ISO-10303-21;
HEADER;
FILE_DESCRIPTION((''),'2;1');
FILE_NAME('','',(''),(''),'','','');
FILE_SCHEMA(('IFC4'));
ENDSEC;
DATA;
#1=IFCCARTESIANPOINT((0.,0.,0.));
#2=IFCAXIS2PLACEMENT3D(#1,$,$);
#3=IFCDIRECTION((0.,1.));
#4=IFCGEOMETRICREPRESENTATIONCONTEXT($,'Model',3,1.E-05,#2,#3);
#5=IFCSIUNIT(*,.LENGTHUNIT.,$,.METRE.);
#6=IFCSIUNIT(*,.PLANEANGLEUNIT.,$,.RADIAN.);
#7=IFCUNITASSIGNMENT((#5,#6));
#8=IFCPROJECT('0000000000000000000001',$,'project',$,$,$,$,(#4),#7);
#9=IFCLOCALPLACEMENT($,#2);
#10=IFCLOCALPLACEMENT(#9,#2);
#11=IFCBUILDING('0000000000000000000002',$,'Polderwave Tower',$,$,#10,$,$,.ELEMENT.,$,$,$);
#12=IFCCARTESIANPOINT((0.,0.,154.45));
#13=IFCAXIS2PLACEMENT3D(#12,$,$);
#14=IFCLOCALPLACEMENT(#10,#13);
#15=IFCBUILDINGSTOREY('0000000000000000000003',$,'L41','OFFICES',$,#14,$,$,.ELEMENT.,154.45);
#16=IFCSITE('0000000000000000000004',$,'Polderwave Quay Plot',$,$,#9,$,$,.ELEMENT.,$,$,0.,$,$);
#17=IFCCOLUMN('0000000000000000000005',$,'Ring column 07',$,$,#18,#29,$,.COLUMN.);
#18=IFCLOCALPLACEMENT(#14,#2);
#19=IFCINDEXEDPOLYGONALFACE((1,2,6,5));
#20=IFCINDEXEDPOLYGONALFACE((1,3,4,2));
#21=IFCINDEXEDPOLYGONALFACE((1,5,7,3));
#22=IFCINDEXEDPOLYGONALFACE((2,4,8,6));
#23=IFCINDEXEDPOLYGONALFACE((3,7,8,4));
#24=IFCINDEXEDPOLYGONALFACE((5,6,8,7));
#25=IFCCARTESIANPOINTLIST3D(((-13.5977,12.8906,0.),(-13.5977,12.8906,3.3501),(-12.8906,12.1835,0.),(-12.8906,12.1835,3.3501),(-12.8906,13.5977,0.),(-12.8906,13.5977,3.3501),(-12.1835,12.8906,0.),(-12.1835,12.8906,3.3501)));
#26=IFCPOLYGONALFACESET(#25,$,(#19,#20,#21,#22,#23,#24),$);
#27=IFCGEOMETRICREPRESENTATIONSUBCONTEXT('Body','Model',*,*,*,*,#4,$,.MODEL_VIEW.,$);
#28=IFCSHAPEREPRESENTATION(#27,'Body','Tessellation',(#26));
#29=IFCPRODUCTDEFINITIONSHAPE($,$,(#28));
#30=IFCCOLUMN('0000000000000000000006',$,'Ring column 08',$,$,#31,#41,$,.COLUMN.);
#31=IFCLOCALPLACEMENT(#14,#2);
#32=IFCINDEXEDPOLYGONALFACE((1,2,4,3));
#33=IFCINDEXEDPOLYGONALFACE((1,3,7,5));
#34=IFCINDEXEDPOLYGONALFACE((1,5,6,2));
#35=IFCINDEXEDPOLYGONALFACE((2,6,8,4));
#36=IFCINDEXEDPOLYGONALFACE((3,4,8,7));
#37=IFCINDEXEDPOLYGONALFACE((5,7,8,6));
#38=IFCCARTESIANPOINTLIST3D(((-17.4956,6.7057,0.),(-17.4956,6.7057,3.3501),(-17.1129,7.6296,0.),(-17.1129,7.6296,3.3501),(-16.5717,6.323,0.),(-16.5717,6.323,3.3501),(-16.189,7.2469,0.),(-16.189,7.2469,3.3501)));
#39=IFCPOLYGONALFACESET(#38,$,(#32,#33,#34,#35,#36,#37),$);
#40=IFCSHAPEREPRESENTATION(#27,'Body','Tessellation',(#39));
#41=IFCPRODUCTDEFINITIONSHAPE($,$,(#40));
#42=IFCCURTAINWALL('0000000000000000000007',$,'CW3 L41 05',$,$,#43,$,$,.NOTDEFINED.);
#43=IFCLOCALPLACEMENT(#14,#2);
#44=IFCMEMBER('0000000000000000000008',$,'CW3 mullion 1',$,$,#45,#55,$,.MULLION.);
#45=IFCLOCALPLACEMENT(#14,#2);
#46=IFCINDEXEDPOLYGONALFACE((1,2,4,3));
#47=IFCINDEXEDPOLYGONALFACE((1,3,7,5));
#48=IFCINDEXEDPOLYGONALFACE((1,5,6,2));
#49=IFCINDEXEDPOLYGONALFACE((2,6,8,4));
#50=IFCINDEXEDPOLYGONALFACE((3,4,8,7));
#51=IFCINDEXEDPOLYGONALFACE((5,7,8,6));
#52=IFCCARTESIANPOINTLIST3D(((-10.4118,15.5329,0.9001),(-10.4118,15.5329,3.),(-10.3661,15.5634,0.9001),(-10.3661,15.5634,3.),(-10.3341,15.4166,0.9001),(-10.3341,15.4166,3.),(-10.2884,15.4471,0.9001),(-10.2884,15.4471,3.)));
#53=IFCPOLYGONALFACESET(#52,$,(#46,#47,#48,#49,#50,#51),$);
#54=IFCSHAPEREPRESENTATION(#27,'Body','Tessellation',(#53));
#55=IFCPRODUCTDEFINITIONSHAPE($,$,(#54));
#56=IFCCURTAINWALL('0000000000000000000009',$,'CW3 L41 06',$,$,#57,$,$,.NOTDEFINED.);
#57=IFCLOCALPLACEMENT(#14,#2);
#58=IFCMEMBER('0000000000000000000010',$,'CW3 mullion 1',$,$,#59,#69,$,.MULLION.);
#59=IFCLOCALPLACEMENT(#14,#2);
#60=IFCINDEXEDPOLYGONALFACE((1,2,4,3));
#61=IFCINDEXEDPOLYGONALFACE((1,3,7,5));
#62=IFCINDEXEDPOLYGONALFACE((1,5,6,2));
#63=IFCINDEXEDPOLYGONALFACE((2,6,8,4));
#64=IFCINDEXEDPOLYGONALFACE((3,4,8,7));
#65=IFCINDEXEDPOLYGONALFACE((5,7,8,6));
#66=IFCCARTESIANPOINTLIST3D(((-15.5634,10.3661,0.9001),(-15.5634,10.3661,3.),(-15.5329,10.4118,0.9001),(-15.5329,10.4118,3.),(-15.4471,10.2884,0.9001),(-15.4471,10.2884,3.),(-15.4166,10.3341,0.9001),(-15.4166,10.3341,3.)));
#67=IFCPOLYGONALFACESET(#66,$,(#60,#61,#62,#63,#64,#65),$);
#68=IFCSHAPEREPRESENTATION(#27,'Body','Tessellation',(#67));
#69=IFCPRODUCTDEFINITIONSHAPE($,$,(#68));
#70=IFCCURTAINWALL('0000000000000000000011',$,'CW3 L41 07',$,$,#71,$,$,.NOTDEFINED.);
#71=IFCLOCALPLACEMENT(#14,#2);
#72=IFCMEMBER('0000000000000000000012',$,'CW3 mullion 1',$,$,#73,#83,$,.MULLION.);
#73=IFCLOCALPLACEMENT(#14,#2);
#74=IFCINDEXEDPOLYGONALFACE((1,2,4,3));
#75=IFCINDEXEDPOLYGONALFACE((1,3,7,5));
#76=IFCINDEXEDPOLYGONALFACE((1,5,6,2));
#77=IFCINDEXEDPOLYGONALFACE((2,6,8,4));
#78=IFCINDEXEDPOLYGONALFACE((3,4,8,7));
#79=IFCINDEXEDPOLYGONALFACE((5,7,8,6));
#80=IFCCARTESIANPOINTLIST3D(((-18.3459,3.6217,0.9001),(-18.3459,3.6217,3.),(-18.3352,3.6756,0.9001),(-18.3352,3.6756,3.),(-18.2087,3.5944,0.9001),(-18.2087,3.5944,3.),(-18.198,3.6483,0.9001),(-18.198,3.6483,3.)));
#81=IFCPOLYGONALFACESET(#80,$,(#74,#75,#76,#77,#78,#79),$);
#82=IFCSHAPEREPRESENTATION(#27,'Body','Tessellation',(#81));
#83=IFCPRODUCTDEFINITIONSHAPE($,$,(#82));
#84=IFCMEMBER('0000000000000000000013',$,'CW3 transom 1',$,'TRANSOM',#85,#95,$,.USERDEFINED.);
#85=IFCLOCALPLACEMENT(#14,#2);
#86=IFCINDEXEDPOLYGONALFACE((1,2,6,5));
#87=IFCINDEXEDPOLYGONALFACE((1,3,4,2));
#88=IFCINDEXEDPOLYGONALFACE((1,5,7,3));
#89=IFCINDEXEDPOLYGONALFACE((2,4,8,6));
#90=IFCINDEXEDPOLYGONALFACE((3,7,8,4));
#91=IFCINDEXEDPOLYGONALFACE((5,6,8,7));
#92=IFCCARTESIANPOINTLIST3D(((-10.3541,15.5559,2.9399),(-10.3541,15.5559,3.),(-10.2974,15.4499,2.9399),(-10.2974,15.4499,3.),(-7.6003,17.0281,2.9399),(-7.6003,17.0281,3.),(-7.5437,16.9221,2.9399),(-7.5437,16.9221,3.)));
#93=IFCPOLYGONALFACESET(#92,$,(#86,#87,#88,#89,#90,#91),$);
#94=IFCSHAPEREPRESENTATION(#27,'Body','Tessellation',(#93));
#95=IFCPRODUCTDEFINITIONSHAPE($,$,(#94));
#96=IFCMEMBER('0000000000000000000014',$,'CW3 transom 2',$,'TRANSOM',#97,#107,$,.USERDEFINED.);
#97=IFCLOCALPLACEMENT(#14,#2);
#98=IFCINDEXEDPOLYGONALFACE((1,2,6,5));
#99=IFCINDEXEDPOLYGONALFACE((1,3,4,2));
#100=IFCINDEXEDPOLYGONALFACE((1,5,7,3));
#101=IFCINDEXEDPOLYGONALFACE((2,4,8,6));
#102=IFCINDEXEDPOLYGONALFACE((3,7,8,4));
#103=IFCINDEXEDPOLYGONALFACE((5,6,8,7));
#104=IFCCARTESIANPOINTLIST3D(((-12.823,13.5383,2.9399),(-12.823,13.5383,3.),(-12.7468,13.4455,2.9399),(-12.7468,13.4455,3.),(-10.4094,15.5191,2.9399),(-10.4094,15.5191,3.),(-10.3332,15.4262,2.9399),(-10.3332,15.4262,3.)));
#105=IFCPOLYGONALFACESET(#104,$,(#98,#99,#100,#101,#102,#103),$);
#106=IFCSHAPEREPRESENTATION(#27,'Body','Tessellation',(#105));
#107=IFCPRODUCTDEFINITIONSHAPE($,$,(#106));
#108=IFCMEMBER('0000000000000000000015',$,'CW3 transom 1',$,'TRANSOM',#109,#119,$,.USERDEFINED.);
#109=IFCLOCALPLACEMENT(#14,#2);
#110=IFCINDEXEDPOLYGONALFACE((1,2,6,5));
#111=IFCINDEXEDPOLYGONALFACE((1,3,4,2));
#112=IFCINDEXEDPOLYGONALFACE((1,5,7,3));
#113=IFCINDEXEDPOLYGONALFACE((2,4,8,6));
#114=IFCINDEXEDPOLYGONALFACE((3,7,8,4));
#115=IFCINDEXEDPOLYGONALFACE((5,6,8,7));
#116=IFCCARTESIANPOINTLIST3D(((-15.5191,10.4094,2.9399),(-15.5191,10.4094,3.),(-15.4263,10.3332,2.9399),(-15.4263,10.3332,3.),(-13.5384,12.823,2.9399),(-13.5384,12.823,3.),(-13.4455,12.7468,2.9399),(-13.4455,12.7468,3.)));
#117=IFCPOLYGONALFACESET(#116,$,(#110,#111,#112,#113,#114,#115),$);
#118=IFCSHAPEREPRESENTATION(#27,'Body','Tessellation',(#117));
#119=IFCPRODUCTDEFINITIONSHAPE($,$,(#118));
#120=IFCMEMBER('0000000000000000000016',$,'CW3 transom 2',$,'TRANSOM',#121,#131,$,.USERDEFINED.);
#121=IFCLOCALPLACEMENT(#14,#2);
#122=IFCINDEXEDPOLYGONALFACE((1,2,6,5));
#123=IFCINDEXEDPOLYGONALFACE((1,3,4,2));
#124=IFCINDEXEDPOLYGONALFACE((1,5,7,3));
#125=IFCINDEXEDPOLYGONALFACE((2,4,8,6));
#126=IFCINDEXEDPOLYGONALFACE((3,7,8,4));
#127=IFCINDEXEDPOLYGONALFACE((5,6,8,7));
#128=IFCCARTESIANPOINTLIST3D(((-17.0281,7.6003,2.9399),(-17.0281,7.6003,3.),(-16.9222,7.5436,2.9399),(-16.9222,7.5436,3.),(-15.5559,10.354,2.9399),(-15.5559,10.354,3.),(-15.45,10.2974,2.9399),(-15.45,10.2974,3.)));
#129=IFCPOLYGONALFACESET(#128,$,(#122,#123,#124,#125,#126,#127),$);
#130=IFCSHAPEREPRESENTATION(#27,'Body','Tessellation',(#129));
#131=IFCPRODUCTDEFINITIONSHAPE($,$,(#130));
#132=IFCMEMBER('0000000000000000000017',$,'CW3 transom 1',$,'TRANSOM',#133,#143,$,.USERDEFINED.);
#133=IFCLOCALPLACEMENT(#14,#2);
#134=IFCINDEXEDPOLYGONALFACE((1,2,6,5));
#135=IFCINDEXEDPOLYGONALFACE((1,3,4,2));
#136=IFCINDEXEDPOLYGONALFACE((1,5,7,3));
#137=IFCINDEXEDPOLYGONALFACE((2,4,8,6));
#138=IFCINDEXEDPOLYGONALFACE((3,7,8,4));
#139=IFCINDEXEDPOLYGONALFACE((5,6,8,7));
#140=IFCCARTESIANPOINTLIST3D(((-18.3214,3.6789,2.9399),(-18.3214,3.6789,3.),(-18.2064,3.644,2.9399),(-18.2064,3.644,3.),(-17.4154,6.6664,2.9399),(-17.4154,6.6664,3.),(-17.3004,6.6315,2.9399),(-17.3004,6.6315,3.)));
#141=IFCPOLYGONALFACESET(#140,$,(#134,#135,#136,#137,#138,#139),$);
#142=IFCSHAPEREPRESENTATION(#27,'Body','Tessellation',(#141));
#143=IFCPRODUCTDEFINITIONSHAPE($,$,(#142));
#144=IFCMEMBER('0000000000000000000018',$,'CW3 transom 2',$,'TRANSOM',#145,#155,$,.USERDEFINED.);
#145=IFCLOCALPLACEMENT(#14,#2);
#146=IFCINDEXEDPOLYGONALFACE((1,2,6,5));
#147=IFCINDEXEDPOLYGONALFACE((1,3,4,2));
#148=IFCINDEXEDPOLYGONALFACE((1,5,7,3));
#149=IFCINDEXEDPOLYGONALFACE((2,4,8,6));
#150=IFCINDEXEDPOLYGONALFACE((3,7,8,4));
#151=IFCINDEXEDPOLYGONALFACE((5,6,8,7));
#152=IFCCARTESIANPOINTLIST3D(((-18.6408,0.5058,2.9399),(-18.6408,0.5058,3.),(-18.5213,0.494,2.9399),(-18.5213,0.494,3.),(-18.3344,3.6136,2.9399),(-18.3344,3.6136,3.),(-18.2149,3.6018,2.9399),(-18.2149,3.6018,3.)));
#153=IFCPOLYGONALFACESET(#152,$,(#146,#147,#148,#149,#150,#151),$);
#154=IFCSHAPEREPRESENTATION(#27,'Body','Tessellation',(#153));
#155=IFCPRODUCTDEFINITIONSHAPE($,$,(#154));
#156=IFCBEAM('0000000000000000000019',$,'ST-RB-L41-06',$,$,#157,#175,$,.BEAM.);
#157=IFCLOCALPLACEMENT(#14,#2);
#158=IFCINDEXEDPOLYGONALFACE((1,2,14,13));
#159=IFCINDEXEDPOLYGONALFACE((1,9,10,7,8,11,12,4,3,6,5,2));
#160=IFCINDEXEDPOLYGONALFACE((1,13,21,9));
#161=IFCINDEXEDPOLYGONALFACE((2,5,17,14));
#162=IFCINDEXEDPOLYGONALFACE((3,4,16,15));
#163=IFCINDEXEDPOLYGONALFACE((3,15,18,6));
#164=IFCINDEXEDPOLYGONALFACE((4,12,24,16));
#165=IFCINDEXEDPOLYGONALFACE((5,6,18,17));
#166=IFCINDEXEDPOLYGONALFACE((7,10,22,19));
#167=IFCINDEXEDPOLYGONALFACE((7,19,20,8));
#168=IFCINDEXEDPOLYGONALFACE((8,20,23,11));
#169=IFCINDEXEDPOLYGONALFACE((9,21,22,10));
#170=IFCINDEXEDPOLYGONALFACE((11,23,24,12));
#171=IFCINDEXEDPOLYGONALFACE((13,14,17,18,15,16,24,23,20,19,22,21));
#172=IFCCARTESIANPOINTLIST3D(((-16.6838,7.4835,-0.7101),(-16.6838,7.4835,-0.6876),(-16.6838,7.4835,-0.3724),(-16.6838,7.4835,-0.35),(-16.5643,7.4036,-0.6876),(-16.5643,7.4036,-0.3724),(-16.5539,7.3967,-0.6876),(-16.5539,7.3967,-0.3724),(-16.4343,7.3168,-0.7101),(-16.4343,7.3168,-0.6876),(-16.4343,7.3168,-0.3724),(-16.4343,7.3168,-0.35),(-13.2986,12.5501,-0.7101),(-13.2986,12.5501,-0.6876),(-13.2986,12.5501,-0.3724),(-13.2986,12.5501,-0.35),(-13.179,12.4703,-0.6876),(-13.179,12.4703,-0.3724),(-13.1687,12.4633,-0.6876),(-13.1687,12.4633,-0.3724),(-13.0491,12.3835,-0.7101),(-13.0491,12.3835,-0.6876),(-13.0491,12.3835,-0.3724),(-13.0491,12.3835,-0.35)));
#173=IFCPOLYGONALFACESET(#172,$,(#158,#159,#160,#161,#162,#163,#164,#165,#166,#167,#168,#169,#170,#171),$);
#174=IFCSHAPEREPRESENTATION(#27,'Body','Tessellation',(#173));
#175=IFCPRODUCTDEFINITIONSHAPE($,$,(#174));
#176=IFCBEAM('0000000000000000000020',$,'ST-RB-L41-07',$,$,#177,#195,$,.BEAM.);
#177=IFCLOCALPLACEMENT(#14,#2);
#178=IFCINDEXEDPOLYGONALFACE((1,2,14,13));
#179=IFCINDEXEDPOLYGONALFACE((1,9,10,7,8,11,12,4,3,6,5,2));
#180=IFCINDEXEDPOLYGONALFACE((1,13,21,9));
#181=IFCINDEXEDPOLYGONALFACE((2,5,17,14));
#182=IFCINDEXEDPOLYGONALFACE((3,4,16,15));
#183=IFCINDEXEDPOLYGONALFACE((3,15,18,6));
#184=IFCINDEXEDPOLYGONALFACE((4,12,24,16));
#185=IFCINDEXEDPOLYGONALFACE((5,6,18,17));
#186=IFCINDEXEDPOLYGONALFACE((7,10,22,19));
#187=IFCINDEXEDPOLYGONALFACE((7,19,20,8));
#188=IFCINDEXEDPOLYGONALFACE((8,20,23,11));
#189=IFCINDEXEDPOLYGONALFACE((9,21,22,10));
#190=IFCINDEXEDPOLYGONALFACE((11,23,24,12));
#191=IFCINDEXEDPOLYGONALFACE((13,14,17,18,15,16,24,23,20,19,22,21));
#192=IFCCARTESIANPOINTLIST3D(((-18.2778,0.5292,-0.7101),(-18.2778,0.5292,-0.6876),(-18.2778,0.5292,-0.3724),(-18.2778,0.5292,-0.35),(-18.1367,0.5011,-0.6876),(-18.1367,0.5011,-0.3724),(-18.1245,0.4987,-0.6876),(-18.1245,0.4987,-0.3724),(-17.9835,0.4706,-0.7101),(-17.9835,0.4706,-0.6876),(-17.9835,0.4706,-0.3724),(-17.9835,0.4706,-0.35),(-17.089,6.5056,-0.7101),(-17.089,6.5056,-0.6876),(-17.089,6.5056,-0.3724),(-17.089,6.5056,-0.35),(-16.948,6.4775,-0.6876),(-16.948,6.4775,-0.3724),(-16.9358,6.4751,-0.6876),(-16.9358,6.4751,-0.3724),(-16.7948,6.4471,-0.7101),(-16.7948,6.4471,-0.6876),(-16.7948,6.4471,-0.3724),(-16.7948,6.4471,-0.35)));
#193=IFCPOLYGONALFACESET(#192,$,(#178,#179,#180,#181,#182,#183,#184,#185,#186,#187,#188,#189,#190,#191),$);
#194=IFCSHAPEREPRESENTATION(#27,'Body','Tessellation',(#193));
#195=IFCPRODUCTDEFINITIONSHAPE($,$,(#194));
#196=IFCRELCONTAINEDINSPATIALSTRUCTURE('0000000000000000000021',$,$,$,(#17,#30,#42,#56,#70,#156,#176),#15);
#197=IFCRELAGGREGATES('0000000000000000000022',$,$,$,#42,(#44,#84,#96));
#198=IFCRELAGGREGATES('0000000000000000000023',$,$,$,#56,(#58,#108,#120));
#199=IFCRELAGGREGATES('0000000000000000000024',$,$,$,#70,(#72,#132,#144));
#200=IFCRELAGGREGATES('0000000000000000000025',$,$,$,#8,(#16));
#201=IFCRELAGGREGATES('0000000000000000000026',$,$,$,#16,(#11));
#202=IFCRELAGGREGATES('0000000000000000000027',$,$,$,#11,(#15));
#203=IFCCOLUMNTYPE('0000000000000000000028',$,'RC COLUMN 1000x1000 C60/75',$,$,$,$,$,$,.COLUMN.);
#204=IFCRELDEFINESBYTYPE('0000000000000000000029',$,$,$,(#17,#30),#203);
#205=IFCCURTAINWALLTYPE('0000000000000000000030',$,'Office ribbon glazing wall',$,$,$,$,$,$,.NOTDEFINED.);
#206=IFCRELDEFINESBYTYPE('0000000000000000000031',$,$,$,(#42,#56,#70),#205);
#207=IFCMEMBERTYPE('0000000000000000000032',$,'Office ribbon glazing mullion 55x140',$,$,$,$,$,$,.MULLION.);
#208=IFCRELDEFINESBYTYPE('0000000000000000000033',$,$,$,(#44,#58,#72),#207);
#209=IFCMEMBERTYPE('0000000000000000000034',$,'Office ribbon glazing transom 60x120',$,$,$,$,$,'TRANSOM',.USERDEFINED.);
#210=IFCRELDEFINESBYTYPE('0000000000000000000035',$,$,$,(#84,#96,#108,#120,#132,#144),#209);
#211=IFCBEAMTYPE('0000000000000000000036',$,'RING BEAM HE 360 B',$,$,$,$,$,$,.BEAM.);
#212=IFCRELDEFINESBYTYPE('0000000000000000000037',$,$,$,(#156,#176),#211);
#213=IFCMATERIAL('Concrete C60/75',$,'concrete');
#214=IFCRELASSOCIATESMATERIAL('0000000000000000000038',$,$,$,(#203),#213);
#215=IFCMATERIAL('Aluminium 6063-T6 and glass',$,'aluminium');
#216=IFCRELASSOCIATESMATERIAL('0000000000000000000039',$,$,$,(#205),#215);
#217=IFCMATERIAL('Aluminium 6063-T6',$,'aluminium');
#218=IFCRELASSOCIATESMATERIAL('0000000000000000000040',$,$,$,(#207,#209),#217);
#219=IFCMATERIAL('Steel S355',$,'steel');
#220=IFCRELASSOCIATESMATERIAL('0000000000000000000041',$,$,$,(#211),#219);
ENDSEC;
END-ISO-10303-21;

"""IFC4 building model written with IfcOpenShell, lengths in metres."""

from ifc_helpers import new_model, si_unit, direction, frame, origin, origin_2d, place, context, subcontext, project, spatial, rectangle, i_section, extrude, material, material_profile, profile_set, type_object, element, aggregate, save


model = new_model("IFC4")

# Units and contexts
model_context = context("Model", 3, precision=1e-05, world=origin(), true_north=direction((0.0, 1.0)))
body_context = subcontext(model_context, "Body", "Model", "MODEL_VIEW")
ifc_project = project(units=[si_unit("LENGTHUNIT", "METRE"), si_unit("PLANEANGLEUNIT", "RADIAN")], contexts=[model_context])

# Site, building, storey
site_placement = place(None, origin())
site = spatial("IfcSite", under=ifc_project, at=site_placement, Name="Polderwave Quay Plot", CompositionType="ELEMENT", RefElevation=0.0)
building_placement = place(site_placement, origin())
building = spatial("IfcBuilding", under=site, at=building_placement, Name="Polderwave Tower", CompositionType="ELEMENT")
storey_placement = place(building_placement, frame((0.0, 0.0, 154.45)))
storey = spatial("IfcBuildingStorey", under=building, at=storey_placement, Name="L41", Description="OFFICES", CompositionType="ELEMENT", Elevation=154.45)

# Columns
ifc_material_1 = material(Name="Concrete C60/75", Category="concrete")
ifc_material_profile_1 = material_profile(ifc_material_1, rectangle(XDim=1.0, YDim=1.0, at=origin_2d()), Name="RC 1000x1000")
ifc_profile_set_1 = profile_set([ifc_material_profile_1], Name="Concrete C60/75")
column_type = type_object("IfcColumnType", Name="RC COLUMN 1000x1000 C60/75", PredefinedType="COLUMN", material=ifc_profile_set_1)
for number, where, z_axis, x_axis, name in (
    (1, (-12.8906, 12.8906, 0.0), (0.0, 0.0, 1.0), (-0.707107, 0.707107, 0.0), "Ring column 07"),
    (2, (-16.8423, 6.9763, 0.0), (0.0, 0.0, 1.0), (-0.92388, 0.382683, 0.0), "Ring column 08"),
):
    element("IfcColumn", number, at=place(storey_placement, frame(where, z_axis=z_axis, x_axis=x_axis)), inside=storey, type_object=column_type, Name=name, PredefinedType="COLUMN", context=body_context, shape_type="SweptSolid", body=[
        extrude(rectangle(XDim=1.0, YDim=1.0, at=origin_2d()), origin(), (0.0, 0.0, 1.0), 3.3501),
    ])

# Curtain walls, members
ifc_material_2 = material(Name="Aluminium 6063-T6 and glass", Category="aluminium")
curtain_wall_type = type_object("IfcCurtainWallType", Name="Office ribbon glazing wall", PredefinedType="NOTDEFINED", material=ifc_material_2)
curtain_wall_1_placement = place(storey_placement, origin())
curtain_wall_1 = element("IfcCurtainWall", 3, at=curtain_wall_1_placement, inside=storey, type_object=curtain_wall_type, Name="CW3 L41 05", PredefinedType="NOTDEFINED")
ifc_material_3 = material(Name="Aluminium 6063-T6", Category="aluminium")
ifc_material_profile_2 = material_profile(ifc_material_3, rectangle(XDim=0.1399, YDim=0.0549, at=origin_2d()), Name="AL 55x140")
ifc_profile_set_2 = profile_set([ifc_material_profile_2], Name="Aluminium 6063-T6")
member_type_1 = type_object("IfcMemberType", Name="Office ribbon glazing mullion 55x140", PredefinedType="MULLION", material=ifc_profile_set_2)
member_1_placement = place(storey_placement, frame((-10.3501, 15.49, 0.9001), z_axis=(0.0, 0.0, 1.0), x_axis=(0.555548, -0.831484, 0.0)))
member_1 = element("IfcMember", 4, at=member_1_placement, type_object=member_type_1, Name="CW3 mullion 1", PredefinedType="MULLION", context=body_context, shape_type="SweptSolid", body=[
    extrude(rectangle(XDim=0.1399, YDim=0.0549, at=origin_2d()), origin(), (0.0, 0.0, 1.0), 2.0999),
])
curtain_wall_2_placement = place(storey_placement, origin())
curtain_wall_2 = element("IfcCurtainWall", 5, at=curtain_wall_2_placement, inside=storey, type_object=curtain_wall_type, Name="CW3 L41 06", PredefinedType="NOTDEFINED")
member_2_placement = place(storey_placement, frame((-15.49, 10.3501, 0.9001), z_axis=(0.0, 0.0, 1.0), x_axis=(0.831484, -0.555548, 0.0)))
member_2 = element("IfcMember", 6, at=member_2_placement, type_object=member_type_1, Name="CW3 mullion 1", PredefinedType="MULLION", context=body_context, shape_type="SweptSolid", body=[
    extrude(rectangle(XDim=0.1399, YDim=0.0549, at=origin_2d()), origin(), (0.0, 0.0, 1.0), 2.0999),
])
curtain_wall_3_placement = place(storey_placement, origin())
curtain_wall_3 = element("IfcCurtainWall", 7, at=curtain_wall_3_placement, inside=storey, type_object=curtain_wall_type, Name="CW3 L41 07", PredefinedType="NOTDEFINED")
member_3_placement = place(storey_placement, frame((-18.272, 3.635, 0.9001), z_axis=(0.0, 0.0, 1.0), x_axis=(0.980787, -0.195083, 0.0)))
member_3 = element("IfcMember", 8, at=member_3_placement, type_object=member_type_1, Name="CW3 mullion 1", PredefinedType="MULLION", context=body_context, shape_type="SweptSolid", body=[
    extrude(rectangle(XDim=0.1399, YDim=0.0549, at=origin_2d()), origin(), (0.0, 0.0, 1.0), 2.0999),
])

# Members
ifc_material_profile_3 = material_profile(ifc_material_3, rectangle(XDim=0.1201, YDim=0.0601, at=origin_2d()), Name="AL 60x120")
ifc_profile_set_3 = profile_set([ifc_material_profile_3], Name="Aluminium 6063-T6")
member_type_2 = type_object("IfcMemberType", Name="Office ribbon glazing transom 60x120", ElementType="TRANSOM", PredefinedType="USERDEFINED", material=ifc_profile_set_3)
member_4_placement = place(storey_placement, frame((-7.572, 16.9751, 2.97), z_axis=(-0.881881, -0.471473, 0.0), x_axis=(0.471473, -0.881881, 0.0)))
member_4 = element("IfcMember", 9, at=member_4_placement, type_object=member_type_2, Name="CW3 transom 1", ObjectType="TRANSOM", PredefinedType="USERDEFINED", context=body_context, shape_type="SweptSolid", body=[
    extrude(rectangle(XDim=0.1201, YDim=0.0601, at=origin_2d()), origin(), (0.0, 0.0, 1.0), 3.1226),
])
member_5_placement = place(storey_placement, frame((-10.3713, 15.4727, 2.97), z_axis=(-0.773019, -0.634383, 0.0), x_axis=(0.634383, -0.773019, 0.0)))
member_5 = element("IfcMember", 10, at=member_5_placement, type_object=member_type_2, Name="CW3 transom 2", ObjectType="TRANSOM", PredefinedType="USERDEFINED", context=body_context, shape_type="SweptSolid", body=[
    extrude(rectangle(XDim=0.1201, YDim=0.0601, at=origin_2d()), origin(), (0.0, 0.0, 1.0), 3.1223),
])
member_6_placement = place(storey_placement, frame((-13.4919, 12.7849, 2.97), z_axis=(-0.634383, -0.773019, 0.0), x_axis=(0.773019, -0.634383, 0.0)))
member_6 = element("IfcMember", 11, at=member_6_placement, type_object=member_type_2, Name="CW3 transom 1", ObjectType="TRANSOM", PredefinedType="USERDEFINED", context=body_context, shape_type="SweptSolid", body=[
    extrude(rectangle(XDim=0.1201, YDim=0.0601, at=origin_2d()), origin(), (0.0, 0.0, 1.0), 3.1223),
])
member_7_placement = place(storey_placement, frame((-15.5029, 10.3257, 2.97), z_axis=(-0.471473, -0.881881, 0.0), x_axis=(0.881881, -0.471473, 0.0)))
member_7 = element("IfcMember", 12, at=member_7_placement, type_object=member_type_2, Name="CW3 transom 2", ObjectType="TRANSOM", PredefinedType="USERDEFINED", context=body_context, shape_type="SweptSolid", body=[
    extrude(rectangle(XDim=0.1201, YDim=0.0601, at=origin_2d()), origin(), (0.0, 0.0, 1.0), 3.1226),
])
member_8_placement = place(storey_placement, frame((-17.3579, 6.6489, 2.97), z_axis=(-0.290209, -0.956963, 0.0), x_axis=(0.956963, -0.290209, 0.0)))
member_8 = element("IfcMember", 13, at=member_8_placement, type_object=member_type_2, Name="CW3 transom 1", ObjectType="TRANSOM", PredefinedType="USERDEFINED", context=body_context, shape_type="SweptSolid", body=[
    extrude(rectangle(XDim=0.1201, YDim=0.0601, at=origin_2d()), origin(), (0.0, 0.0, 1.0), 3.1218),
])
member_9_placement = place(storey_placement, frame((-18.2747, 3.6077, 2.97), z_axis=(-0.098118, -0.995175, 0.0), x_axis=(0.995175, -0.098118, 0.0)))
member_9 = element("IfcMember", 14, at=member_9_placement, type_object=member_type_2, Name="CW3 transom 2", ObjectType="TRANSOM", PredefinedType="USERDEFINED", context=body_context, shape_type="SweptSolid", body=[
    extrude(rectangle(XDim=0.1201, YDim=0.0601, at=origin_2d()), origin(), (0.0, 0.0, 1.0), 3.1228),
])

# Beams
ifc_material_4 = material(Name="Steel S355", Category="steel")
ifc_material_profile_4 = material_profile(ifc_material_4, i_section(OverallWidth=0.3, OverallDepth=0.3601, WebThickness=0.0125, FlangeThickness=0.0225, at=origin_2d()), Name="HE 360 B")
ifc_profile_set_4 = profile_set([ifc_material_profile_4], Name="Steel S355")
beam_type = type_object("IfcBeamType", Name="RING BEAM HE 360 B", PredefinedType="BEAM", material=ifc_profile_set_4)
for number, where, z_axis, x_axis, name in (
    (15, (-13.1738, 12.4668, -0.53), (-0.555551, -0.831483, 0.0), (0.831483, -0.555551, 0.0), "ST-RB-L41-06"),
    (16, (-16.9419, 6.4763, -0.53), (-0.195084, -0.980787, 0.0), (0.980787, -0.195084, 0.0), "ST-RB-L41-07"),
):
    element("IfcBeam", number, at=place(storey_placement, frame(where, z_axis=z_axis, x_axis=x_axis)), inside=storey, type_object=beam_type, Name=name, PredefinedType="BEAM", context=body_context, shape_type="SweptSolid", body=[
        extrude(i_section(OverallWidth=0.3, OverallDepth=0.3601, WebThickness=0.0125, FlangeThickness=0.0225, at=origin_2d()), origin(), (0.0, 0.0, 1.0), 6.0935),
    ])

aggregate(curtain_wall_1, [member_1, member_4, member_5])
aggregate(curtain_wall_2, [member_2, member_6, member_7])
aggregate(curtain_wall_3, [member_3, member_8, member_9])

save(model, "model.ifc")
